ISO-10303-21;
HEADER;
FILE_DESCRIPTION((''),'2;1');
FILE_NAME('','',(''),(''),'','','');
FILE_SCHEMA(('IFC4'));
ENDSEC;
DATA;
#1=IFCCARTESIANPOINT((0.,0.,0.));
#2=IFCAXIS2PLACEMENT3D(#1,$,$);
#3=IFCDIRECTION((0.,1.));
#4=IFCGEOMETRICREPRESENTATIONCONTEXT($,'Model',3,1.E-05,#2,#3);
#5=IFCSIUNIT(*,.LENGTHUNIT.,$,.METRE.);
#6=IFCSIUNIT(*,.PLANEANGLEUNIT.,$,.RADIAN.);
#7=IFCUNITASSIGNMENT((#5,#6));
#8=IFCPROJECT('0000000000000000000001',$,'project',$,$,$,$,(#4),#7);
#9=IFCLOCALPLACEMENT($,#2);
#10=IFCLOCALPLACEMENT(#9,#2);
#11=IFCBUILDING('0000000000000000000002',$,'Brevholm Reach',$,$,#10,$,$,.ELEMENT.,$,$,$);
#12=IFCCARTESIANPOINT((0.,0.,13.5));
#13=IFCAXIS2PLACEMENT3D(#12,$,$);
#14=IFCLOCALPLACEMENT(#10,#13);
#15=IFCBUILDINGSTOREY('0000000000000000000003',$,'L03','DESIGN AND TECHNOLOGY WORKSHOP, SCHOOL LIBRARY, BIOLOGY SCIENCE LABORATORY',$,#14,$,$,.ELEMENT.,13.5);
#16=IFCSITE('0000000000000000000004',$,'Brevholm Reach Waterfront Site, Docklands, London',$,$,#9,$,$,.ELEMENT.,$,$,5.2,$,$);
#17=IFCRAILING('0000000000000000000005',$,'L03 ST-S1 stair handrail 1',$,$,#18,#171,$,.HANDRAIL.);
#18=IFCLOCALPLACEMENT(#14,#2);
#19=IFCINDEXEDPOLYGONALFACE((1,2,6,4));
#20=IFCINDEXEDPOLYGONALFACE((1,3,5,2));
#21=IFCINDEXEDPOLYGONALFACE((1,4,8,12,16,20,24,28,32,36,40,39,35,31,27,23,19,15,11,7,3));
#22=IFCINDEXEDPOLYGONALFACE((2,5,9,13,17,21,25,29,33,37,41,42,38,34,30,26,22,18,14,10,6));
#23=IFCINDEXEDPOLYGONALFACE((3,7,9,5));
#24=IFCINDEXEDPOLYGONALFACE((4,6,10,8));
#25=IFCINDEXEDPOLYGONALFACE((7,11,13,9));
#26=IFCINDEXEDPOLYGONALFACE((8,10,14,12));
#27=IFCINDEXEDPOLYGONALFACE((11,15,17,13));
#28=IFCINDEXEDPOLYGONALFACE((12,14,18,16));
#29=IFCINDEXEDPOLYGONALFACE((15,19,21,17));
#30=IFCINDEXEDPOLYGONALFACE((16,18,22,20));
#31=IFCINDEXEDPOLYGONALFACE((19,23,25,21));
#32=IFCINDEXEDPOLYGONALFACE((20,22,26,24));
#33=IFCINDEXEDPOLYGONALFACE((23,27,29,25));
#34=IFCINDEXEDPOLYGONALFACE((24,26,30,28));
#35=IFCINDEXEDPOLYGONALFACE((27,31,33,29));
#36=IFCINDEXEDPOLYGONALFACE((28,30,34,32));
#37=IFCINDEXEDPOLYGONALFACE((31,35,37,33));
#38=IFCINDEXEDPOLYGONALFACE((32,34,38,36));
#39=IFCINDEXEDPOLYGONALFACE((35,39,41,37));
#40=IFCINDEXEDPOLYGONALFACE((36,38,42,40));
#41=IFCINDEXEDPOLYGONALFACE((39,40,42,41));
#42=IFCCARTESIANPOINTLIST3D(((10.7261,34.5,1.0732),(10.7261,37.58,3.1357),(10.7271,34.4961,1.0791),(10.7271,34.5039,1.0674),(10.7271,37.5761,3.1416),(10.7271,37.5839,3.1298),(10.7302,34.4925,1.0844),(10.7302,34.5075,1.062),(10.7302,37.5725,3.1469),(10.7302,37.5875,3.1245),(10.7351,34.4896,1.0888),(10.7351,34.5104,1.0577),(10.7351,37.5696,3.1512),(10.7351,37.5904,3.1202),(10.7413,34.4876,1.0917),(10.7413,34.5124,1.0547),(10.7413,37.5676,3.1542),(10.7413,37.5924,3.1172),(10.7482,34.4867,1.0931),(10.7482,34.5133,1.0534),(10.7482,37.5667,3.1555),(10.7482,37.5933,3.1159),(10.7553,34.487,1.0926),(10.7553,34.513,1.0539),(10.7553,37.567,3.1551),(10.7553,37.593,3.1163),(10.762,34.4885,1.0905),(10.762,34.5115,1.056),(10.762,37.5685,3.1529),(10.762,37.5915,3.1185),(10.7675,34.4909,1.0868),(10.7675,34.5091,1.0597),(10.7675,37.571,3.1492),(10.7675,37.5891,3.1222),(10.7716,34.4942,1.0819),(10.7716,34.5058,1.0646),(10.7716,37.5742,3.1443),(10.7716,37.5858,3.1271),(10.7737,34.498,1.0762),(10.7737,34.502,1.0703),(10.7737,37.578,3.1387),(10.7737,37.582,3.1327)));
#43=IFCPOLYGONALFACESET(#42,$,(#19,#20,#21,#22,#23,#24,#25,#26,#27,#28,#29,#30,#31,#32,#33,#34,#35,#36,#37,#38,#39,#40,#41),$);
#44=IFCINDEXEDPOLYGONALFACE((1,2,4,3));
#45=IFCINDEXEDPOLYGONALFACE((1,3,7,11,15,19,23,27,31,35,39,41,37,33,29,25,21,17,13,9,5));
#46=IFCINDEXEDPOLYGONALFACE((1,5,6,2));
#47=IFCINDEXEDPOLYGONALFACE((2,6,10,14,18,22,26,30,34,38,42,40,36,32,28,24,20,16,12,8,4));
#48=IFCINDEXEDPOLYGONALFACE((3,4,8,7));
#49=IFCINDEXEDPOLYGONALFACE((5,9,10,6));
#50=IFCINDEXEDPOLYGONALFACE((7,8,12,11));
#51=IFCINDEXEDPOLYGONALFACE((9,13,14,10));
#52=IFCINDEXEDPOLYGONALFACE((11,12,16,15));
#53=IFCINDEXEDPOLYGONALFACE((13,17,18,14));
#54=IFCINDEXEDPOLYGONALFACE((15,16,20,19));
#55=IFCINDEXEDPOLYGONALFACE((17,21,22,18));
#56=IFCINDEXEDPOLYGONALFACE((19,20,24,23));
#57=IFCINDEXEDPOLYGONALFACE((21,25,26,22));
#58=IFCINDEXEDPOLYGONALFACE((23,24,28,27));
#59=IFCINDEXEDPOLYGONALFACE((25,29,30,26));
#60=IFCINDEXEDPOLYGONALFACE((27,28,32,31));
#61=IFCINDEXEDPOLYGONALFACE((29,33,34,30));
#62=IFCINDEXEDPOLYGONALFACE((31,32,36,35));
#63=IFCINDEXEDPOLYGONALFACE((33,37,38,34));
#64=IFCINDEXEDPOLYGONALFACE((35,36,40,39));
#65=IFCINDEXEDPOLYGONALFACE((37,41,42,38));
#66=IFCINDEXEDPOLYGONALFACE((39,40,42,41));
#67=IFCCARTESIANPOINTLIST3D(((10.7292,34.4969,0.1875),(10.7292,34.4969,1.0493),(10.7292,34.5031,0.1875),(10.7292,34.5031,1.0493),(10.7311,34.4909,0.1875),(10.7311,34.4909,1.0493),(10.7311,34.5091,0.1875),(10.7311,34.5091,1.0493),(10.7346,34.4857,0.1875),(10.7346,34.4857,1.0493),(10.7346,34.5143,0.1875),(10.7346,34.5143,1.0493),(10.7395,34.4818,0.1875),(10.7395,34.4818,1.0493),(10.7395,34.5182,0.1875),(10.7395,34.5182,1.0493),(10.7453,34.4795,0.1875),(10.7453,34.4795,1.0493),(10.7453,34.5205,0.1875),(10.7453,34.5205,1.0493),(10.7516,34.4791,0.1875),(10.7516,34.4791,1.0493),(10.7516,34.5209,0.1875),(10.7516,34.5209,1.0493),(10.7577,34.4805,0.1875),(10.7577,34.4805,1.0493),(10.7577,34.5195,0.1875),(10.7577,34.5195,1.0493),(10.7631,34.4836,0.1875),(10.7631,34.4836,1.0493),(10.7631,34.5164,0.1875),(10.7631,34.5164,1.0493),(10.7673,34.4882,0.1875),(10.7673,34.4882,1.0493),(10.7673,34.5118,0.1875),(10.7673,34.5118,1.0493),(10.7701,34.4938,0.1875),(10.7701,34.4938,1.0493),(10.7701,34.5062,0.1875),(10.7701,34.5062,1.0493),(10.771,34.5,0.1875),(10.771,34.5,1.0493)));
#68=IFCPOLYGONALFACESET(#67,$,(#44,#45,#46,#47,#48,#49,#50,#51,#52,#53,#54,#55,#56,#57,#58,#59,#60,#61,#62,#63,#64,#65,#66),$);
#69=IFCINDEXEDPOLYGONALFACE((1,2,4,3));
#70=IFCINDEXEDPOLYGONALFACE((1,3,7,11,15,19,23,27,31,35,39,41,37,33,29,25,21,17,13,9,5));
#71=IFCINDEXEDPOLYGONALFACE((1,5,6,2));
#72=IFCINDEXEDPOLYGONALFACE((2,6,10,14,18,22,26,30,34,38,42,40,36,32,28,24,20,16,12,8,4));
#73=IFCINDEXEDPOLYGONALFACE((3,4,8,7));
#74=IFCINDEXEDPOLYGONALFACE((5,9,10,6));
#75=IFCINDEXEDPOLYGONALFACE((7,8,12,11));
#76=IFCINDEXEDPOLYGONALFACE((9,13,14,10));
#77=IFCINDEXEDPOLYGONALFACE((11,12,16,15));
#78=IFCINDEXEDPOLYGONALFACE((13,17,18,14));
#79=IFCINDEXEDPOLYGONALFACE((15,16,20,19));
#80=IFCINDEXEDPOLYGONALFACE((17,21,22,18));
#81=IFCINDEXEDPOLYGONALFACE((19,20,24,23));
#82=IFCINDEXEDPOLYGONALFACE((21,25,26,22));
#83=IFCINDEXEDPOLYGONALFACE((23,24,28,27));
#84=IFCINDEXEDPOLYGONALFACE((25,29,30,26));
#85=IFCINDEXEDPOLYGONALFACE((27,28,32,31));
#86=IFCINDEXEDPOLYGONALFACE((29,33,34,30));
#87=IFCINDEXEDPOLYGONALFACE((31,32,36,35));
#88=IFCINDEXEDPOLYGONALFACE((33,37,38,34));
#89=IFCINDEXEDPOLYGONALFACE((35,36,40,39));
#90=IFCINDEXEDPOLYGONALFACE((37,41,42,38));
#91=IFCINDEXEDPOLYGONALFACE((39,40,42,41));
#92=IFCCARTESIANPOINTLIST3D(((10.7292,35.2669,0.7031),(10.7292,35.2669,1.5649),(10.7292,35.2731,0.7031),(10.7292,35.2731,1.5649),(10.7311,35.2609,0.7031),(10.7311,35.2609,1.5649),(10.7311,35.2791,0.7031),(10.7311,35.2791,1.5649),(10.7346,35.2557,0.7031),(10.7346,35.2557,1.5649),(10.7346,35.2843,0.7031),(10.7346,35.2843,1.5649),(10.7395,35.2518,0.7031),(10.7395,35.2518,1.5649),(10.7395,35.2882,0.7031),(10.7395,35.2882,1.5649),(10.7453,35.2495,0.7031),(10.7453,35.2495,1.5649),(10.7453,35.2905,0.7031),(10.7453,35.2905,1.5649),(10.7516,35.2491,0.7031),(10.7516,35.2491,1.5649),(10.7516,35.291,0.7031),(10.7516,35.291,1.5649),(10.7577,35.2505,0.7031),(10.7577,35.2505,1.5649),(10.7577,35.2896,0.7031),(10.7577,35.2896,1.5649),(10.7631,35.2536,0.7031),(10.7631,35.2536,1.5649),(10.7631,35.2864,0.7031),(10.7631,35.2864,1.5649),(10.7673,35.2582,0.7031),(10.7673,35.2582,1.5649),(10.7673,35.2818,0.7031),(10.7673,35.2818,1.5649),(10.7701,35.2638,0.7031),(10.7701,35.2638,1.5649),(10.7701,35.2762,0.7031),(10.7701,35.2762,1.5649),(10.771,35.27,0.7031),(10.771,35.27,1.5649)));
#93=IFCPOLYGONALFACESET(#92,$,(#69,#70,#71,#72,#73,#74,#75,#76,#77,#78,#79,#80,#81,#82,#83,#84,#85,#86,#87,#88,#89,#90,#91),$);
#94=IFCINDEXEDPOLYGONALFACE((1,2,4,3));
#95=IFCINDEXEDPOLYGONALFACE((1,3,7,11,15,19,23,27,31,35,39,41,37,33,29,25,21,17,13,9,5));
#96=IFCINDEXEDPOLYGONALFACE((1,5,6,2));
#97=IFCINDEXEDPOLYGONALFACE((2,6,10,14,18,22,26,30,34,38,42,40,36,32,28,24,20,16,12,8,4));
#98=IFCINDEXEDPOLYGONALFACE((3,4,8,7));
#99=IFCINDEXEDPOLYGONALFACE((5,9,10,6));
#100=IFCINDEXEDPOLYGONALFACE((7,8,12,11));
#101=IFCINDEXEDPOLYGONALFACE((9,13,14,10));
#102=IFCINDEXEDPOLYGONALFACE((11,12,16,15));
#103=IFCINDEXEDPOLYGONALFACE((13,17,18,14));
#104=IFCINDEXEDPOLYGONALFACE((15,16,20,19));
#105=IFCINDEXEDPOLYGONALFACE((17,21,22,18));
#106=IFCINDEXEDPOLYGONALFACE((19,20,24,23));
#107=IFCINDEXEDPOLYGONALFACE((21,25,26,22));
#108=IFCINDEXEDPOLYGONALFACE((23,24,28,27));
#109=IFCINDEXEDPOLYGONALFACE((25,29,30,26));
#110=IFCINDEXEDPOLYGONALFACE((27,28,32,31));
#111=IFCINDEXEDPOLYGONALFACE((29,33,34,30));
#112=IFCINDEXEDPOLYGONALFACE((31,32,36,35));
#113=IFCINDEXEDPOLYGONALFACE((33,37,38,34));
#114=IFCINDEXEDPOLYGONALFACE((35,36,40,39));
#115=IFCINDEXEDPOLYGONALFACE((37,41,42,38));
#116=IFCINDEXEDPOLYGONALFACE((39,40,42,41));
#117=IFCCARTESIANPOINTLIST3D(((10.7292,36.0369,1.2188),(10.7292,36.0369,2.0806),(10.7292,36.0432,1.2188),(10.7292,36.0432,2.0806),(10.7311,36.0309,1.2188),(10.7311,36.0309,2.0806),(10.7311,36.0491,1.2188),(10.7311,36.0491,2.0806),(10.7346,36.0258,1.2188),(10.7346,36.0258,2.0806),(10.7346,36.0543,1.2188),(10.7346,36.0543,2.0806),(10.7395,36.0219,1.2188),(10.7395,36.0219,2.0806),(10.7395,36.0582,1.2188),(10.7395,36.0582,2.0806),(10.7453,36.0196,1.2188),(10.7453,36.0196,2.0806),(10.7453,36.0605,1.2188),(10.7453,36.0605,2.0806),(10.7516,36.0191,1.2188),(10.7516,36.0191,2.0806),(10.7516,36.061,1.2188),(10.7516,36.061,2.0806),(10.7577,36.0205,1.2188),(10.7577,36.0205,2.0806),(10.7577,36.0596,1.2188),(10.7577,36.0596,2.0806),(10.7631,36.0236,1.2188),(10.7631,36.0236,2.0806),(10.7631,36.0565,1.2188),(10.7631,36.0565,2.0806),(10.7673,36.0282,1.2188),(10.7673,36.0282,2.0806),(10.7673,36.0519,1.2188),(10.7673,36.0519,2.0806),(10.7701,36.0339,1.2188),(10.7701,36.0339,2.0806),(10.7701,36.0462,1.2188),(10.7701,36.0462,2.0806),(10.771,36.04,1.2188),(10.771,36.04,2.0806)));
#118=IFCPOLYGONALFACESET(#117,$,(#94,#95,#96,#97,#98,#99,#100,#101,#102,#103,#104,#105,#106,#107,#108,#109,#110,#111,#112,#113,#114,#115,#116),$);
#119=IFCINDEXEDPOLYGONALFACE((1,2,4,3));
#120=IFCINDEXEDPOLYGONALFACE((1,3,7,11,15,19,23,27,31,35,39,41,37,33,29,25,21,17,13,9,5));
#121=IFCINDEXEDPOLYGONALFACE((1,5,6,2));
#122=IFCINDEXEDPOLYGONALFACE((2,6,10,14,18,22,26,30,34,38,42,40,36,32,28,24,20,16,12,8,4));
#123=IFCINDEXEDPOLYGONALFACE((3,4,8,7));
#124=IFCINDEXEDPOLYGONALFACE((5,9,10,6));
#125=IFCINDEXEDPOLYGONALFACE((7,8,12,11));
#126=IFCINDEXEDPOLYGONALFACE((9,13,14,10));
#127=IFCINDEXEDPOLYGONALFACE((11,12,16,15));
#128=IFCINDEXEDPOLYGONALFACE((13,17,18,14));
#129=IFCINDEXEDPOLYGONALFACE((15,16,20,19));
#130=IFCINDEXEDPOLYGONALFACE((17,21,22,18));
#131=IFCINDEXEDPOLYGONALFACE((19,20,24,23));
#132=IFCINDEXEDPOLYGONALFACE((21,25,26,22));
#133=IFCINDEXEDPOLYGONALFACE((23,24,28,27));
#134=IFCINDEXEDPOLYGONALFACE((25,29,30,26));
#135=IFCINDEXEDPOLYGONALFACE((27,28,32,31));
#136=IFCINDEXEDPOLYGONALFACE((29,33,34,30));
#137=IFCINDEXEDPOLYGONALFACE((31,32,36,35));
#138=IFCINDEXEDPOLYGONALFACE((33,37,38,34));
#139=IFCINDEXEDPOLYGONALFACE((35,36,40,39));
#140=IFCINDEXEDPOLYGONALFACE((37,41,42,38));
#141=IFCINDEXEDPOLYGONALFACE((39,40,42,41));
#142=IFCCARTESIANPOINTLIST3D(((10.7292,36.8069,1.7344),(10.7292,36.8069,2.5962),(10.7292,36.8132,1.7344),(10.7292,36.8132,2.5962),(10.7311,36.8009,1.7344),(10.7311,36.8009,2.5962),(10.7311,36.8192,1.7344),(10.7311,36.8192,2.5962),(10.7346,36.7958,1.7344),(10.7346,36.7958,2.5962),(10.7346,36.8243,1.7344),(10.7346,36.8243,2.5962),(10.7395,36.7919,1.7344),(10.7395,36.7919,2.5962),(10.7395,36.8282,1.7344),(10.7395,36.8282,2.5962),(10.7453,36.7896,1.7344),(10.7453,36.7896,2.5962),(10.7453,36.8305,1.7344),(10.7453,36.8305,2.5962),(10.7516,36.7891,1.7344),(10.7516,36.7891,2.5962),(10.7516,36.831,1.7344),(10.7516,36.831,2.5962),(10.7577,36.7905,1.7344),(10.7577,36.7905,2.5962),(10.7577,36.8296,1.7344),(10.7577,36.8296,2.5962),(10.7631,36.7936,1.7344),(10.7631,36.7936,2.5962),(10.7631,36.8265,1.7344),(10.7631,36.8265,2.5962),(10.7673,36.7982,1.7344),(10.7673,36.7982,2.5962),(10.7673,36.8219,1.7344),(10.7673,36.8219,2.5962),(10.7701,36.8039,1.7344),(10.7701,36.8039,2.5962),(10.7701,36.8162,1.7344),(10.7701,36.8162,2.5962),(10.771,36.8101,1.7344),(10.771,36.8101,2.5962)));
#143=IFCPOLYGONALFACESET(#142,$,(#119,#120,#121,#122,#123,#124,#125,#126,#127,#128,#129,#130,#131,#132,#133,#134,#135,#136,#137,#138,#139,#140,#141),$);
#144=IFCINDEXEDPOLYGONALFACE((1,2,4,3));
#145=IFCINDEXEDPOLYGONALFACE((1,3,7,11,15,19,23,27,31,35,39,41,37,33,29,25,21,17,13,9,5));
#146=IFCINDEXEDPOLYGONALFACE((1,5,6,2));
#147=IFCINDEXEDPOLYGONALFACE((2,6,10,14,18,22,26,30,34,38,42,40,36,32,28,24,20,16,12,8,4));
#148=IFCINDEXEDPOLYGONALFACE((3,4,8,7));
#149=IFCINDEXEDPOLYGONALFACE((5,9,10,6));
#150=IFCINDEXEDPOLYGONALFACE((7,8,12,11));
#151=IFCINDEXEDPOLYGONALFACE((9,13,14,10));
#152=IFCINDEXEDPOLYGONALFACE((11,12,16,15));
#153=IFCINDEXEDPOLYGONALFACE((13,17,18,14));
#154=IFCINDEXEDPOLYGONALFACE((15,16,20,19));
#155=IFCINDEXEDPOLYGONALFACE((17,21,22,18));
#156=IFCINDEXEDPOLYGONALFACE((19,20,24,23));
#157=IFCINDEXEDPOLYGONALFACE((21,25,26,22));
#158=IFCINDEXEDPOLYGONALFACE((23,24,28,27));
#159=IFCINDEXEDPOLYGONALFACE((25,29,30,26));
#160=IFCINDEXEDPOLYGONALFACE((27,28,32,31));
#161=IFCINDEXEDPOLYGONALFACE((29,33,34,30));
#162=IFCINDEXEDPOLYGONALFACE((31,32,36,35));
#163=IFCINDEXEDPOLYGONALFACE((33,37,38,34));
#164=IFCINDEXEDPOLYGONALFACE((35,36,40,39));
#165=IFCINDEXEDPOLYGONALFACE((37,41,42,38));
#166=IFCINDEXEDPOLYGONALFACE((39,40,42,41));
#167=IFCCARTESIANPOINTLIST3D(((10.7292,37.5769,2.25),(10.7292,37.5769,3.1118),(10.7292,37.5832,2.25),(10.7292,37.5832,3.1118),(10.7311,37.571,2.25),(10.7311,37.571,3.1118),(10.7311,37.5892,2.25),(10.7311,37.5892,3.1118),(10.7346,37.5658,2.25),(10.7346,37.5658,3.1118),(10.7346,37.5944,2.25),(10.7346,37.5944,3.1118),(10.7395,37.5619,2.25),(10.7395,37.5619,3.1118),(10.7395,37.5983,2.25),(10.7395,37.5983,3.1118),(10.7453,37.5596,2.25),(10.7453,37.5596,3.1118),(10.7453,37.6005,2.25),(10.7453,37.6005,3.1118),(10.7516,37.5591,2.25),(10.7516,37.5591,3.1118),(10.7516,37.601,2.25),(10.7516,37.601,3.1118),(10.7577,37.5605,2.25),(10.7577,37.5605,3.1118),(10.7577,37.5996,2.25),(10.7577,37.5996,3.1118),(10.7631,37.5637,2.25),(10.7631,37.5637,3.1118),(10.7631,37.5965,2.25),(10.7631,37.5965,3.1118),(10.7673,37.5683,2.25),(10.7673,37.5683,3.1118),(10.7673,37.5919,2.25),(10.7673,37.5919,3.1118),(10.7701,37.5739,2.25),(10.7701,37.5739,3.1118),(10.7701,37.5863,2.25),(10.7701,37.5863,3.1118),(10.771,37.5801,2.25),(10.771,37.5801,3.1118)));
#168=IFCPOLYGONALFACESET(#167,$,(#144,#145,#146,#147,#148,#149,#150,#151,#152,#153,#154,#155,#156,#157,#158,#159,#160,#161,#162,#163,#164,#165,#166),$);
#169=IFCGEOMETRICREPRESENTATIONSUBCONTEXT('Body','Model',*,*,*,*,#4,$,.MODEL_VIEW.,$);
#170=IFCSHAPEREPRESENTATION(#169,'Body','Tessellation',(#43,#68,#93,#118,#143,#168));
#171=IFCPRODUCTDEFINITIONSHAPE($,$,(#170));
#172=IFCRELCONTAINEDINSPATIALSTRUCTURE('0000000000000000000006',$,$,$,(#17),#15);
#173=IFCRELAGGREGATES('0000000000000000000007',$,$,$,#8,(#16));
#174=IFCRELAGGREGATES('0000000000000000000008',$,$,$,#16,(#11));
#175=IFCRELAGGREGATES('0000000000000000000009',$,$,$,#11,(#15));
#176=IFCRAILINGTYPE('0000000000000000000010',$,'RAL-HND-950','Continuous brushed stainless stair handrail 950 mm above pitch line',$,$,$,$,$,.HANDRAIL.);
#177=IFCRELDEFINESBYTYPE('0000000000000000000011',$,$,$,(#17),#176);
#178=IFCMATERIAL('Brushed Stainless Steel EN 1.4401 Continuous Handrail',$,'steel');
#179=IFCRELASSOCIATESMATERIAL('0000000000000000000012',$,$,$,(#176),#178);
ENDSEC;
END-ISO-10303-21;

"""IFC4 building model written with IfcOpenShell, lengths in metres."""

from ifc_helpers import new_model, si_unit, direction, frame, origin, origin_2d, place, context, subcontext, project, spatial, circle, extrude, material, type_object, element, save


model = new_model("IFC4")

# Units and contexts
model_context = context("Model", 3, precision=1e-05, world=origin(), true_north=direction((0.0, 1.0)))
body_context = subcontext(model_context, "Body", "Model", "MODEL_VIEW")
ifc_project = project(units=[si_unit("LENGTHUNIT", "METRE"), si_unit("PLANEANGLEUNIT", "RADIAN")], contexts=[model_context])

# Site, building, storey
site_placement = place(None, origin())
site = spatial("IfcSite", under=ifc_project, at=site_placement, Name="Brevholm Reach Waterfront Site, Docklands, London", CompositionType="ELEMENT", RefElevation=5.2)
building_placement = place(site_placement, origin())
building = spatial("IfcBuilding", under=site, at=building_placement, Name="Brevholm Reach", CompositionType="ELEMENT")
storey_placement = place(building_placement, frame((0.0, 0.0, 13.5)))
storey = spatial("IfcBuildingStorey", under=building, at=storey_placement, Name="L03", Description="DESIGN AND TECHNOLOGY WORKSHOP, SCHOOL LIBRARY, BIOLOGY SCIENCE LABORATORY", CompositionType="ELEMENT", Elevation=13.5)

# Railing
ifc_material_1 = material(Name="Brushed Stainless Steel EN 1.4401 Continuous Handrail", Category="steel")
railing_type_1 = type_object("IfcRailingType", Name="RAL-HND-950", Description="Continuous brushed stainless stair handrail 950 mm above pitch line", PredefinedType="HANDRAIL", material=ifc_material_1)
railing_1_placement = place(storey_placement, frame((10.75, 34.5, 0.1875)))
element("IfcRailing", 1, at=railing_1_placement, inside=storey, type_object=railing_type_1, Name="L03 ST-S1 stair handrail 1", PredefinedType="HANDRAIL", context=body_context, shape_type="SweptSolid", body=[
    extrude(circle(Radius=0.0239, at=origin_2d()), frame((0.0, 0.0, 0.8857), z_axis=(0.0, 0.830914, 0.556401), x_axis=(-1.0, 0.0, 0.0)), (0.0, 0.0, 1.0), 3.7068),
    extrude(circle(Radius=0.021, at=origin_2d()), origin(), (0.0, 0.0, 1.0), 0.8618),
    extrude(circle(Radius=0.021, at=origin_2d()), frame((0.0, 0.77, 0.5156)), (0.0, 0.0, 1.0), 0.8618),
    extrude(circle(Radius=0.021, at=origin_2d()), frame((0.0, 1.54, 1.0312)), (0.0, 0.0, 1.0), 0.8618),
    extrude(circle(Radius=0.021, at=origin_2d()), frame((0.0, 2.3101, 1.5469)), (0.0, 0.0, 1.0), 0.8618),
    extrude(circle(Radius=0.021, at=origin_2d()), frame((0.0, 3.0801, 2.0625)), (0.0, 0.0, 1.0), 0.8618),
])

save(model, "model.ifc")
